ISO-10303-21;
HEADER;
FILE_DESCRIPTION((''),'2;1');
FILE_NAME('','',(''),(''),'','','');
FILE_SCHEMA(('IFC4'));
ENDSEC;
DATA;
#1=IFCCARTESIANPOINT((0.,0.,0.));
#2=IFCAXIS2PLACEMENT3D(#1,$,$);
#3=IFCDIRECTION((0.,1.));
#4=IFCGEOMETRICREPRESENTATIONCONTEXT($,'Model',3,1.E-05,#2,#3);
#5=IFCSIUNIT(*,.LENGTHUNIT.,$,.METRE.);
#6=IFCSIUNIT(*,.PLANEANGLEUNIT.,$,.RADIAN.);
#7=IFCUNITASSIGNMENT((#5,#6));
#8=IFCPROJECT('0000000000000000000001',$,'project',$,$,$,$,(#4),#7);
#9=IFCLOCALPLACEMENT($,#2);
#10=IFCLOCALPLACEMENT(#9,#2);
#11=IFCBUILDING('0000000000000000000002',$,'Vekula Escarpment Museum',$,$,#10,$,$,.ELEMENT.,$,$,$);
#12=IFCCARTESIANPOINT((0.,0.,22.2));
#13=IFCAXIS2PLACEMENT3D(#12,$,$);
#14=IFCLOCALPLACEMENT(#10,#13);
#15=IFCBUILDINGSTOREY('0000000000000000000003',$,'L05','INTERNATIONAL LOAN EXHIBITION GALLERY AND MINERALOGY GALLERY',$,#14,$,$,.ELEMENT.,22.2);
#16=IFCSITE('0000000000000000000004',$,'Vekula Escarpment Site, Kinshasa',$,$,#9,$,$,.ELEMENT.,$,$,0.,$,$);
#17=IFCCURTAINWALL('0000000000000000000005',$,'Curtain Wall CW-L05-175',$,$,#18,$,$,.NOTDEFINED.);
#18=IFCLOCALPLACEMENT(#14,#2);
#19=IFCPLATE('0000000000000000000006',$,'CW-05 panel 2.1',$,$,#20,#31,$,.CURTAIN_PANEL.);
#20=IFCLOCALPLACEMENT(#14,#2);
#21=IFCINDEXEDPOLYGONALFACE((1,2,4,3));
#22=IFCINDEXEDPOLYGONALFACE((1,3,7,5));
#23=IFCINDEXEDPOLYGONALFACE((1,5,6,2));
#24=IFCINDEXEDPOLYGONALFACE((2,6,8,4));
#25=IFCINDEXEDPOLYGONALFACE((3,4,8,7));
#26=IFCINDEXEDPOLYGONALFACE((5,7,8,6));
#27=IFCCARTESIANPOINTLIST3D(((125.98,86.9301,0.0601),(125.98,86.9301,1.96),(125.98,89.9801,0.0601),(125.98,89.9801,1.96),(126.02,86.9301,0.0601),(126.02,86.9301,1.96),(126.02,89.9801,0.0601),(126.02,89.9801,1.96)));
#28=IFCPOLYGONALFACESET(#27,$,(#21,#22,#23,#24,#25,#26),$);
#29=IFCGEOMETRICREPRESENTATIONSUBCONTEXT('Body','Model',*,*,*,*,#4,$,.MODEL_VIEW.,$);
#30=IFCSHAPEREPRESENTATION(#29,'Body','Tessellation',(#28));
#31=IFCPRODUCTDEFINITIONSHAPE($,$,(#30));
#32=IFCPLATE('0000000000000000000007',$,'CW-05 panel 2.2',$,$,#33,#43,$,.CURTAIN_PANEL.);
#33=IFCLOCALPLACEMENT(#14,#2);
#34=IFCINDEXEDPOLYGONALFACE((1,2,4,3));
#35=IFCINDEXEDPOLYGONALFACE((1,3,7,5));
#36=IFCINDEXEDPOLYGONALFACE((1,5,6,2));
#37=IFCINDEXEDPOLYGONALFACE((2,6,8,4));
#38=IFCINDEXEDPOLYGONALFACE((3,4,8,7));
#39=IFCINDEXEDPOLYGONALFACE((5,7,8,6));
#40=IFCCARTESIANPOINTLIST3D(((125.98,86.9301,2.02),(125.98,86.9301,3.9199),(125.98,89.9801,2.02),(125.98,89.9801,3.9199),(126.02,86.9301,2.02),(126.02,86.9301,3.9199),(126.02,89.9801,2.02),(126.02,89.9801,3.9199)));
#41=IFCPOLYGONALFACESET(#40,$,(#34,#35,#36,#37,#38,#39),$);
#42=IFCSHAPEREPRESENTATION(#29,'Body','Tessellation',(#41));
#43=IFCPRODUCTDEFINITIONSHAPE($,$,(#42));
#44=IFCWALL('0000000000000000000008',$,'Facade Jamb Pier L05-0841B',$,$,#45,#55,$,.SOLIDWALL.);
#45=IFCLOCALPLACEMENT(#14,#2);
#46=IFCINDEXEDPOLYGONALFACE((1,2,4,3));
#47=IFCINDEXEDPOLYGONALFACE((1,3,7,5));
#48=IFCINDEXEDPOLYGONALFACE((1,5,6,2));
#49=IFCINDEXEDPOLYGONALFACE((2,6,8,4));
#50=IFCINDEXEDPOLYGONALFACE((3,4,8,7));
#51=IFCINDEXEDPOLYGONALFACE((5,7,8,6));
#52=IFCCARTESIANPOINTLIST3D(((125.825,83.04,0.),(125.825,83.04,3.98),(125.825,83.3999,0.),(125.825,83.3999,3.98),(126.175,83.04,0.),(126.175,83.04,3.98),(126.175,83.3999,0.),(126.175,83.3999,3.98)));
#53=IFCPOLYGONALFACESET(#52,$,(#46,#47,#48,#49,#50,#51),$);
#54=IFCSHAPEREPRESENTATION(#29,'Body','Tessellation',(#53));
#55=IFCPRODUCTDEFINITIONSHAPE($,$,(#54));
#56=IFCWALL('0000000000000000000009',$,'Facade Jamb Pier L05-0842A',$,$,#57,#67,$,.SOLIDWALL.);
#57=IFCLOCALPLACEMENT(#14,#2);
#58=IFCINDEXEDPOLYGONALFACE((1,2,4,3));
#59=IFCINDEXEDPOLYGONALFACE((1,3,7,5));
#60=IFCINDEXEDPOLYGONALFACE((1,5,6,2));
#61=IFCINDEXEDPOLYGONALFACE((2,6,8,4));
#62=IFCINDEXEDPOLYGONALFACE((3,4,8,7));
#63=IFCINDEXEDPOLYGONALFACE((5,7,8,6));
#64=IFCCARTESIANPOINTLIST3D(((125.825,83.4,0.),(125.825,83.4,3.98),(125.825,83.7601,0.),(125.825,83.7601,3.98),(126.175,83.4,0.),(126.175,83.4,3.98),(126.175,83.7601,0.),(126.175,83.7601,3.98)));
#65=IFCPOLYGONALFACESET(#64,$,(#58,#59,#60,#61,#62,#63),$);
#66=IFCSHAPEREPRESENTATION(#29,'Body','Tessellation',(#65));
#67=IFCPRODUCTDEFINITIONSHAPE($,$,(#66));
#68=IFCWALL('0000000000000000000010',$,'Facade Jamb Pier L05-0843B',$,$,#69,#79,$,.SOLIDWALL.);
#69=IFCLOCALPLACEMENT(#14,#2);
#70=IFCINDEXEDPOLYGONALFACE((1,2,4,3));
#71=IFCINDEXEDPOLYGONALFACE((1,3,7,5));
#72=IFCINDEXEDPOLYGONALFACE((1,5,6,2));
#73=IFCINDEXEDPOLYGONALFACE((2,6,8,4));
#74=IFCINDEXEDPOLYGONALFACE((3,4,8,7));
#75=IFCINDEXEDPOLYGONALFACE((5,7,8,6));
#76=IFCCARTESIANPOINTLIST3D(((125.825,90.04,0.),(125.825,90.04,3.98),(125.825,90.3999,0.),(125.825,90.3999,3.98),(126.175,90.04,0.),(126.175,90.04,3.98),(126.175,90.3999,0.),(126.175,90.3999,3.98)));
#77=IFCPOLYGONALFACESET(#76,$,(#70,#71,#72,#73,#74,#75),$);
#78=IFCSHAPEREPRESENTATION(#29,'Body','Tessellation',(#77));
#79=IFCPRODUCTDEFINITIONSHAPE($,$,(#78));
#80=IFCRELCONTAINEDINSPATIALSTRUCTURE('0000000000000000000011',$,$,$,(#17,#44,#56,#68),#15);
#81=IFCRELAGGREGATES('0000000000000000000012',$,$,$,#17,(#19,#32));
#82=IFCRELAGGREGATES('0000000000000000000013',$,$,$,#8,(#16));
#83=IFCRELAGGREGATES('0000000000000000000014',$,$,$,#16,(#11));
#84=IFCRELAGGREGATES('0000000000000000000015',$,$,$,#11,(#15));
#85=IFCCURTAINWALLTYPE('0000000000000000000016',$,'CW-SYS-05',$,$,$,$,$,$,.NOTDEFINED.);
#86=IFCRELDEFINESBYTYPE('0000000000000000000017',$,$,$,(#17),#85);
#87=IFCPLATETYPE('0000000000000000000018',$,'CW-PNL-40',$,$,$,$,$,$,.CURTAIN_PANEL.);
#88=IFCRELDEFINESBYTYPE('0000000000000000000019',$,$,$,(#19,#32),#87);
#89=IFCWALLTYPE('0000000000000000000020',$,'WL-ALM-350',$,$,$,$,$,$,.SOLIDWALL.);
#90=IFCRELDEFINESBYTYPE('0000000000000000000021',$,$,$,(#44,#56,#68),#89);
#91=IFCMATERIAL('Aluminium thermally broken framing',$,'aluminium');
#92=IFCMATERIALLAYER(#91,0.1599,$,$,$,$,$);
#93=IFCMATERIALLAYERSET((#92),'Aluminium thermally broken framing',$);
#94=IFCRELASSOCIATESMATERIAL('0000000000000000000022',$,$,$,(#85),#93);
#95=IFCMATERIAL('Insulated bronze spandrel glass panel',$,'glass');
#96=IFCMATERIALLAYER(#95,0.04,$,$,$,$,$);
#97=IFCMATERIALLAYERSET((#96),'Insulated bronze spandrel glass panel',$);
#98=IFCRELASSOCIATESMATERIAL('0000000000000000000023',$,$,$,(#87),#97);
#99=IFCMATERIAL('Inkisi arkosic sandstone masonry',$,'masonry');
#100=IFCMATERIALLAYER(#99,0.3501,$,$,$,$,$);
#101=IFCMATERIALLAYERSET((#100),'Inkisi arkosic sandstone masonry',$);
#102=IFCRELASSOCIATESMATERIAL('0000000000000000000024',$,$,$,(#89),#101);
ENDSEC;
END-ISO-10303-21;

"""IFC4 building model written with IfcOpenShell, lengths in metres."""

from ifc_helpers import new_model, si_unit, direction, frame, frame_2d, origin, origin_2d, place, context, subcontext, project, spatial, rectangle, extrude, material, layer, layer_set, type_object, element, aggregate, save


model = new_model("IFC4")

# Units and contexts
model_context = context("Model", 3, precision=1e-05, world=origin(), true_north=direction((0.0, 1.0)))
body_context = subcontext(model_context, "Body", "Model", "MODEL_VIEW")
ifc_project = project(units=[si_unit("LENGTHUNIT", "METRE"), si_unit("PLANEANGLEUNIT", "RADIAN")], contexts=[model_context])

# Site, building, storey
site_placement = place(None, origin())
site = spatial("IfcSite", under=ifc_project, at=site_placement, Name="Vekula Escarpment Site, Kinshasa", CompositionType="ELEMENT", RefElevation=0.0)
building_placement = place(site_placement, origin())
building = spatial("IfcBuilding", under=site, at=building_placement, Name="Vekula Escarpment Museum", CompositionType="ELEMENT")
storey_placement = place(building_placement, frame((0.0, 0.0, 22.2)))
storey = spatial("IfcBuildingStorey", under=building, at=storey_placement, Name="L05", Description="INTERNATIONAL LOAN EXHIBITION GALLERY AND MINERALOGY GALLERY", CompositionType="ELEMENT", Elevation=22.2)

# Curtain wall
ifc_material_1 = material(Name="Aluminium thermally broken framing", Category="aluminium")
ifc_layer_1 = layer(ifc_material_1, 0.1599)
ifc_layer_set_1 = layer_set([ifc_layer_1], Name="Aluminium thermally broken framing")
curtain_wall_type_1 = type_object("IfcCurtainWallType", Name="CW-SYS-05", PredefinedType="NOTDEFINED", material=ifc_layer_set_1)
curtain_wall_1_placement = place(storey_placement, origin())
curtain_wall_1 = element("IfcCurtainWall", 1, at=curtain_wall_1_placement, inside=storey, type_object=curtain_wall_type_1, Name="Curtain Wall CW-L05-175", PredefinedType="NOTDEFINED")

# Plates
ifc_material_2 = material(Name="Insulated bronze spandrel glass panel", Category="glass")
ifc_layer_2 = layer(ifc_material_2, 0.04)
ifc_layer_set_2 = layer_set([ifc_layer_2], Name="Insulated bronze spandrel glass panel")
plate_type_1 = type_object("IfcPlateType", Name="CW-PNL-40", PredefinedType="CURTAIN_PANEL", material=ifc_layer_set_2)
plate_1_placement = place(storey_placement, frame((126.0, 88.4551, 0.0601), z_axis=(0.0, 0.0, 1.0), x_axis=(0.0, 1.0, 0.0)))
plate_1 = element("IfcPlate", 2, at=plate_1_placement, type_object=plate_type_1, Name="CW-05 panel 2.1", PredefinedType="CURTAIN_PANEL", context=body_context, shape_type="SweptSolid", body=[
    extrude(rectangle(XDim=3.05, YDim=0.04, at=origin_2d()), origin(), (0.0, 0.0, 1.0), 1.8999),
])
plate_2_placement = place(storey_placement, frame((126.0, 88.4551, 2.02), z_axis=(0.0, 0.0, 1.0), x_axis=(0.0, 1.0, 0.0)))
plate_2 = element("IfcPlate", 3, at=plate_2_placement, type_object=plate_type_1, Name="CW-05 panel 2.2", PredefinedType="CURTAIN_PANEL", context=body_context, shape_type="SweptSolid", body=[
    extrude(rectangle(XDim=3.05, YDim=0.04, at=origin_2d()), origin(), (0.0, 0.0, 1.0), 1.8999),
])
aggregate(curtain_wall_1, [plate_1, plate_2])

# Walls
ifc_material_3 = material(Name="Inkisi arkosic sandstone masonry", Category="masonry")
ifc_layer_3 = layer(ifc_material_3, 0.3501)
ifc_layer_set_3 = layer_set([ifc_layer_3], Name="Inkisi arkosic sandstone masonry")
wall_type = type_object("IfcWallType", Name="WL-ALM-350", PredefinedType="SOLIDWALL", material=ifc_layer_set_3)
wall_1_placement = place(storey_placement, frame((126.0, 83.04, 0.0), z_axis=(0.0, 0.0, 1.0), x_axis=(0.0, 1.0, 0.0)))
element("IfcWall", 4, at=wall_1_placement, inside=storey, type_object=wall_type, Name="Facade Jamb Pier L05-0841B", PredefinedType="SOLIDWALL", context=body_context, shape_type="SweptSolid", body=[
    extrude(rectangle(XDim=0.3599, YDim=0.3501, at=frame_2d((0.1799, 0.0))), origin(), (0.0, 0.0, 1.0), 3.98),
])
wall_2_placement = place(storey_placement, frame((126.0, 83.3999, 0.0), z_axis=(0.0, 0.0, 1.0), x_axis=(0.0, 1.0, 0.0)))
element("IfcWall", 5, at=wall_2_placement, inside=storey, type_object=wall_type, Name="Facade Jamb Pier L05-0842A", PredefinedType="SOLIDWALL", context=body_context, shape_type="SweptSolid", body=[
    extrude(rectangle(XDim=0.3601, YDim=0.3501, at=frame_2d((0.1802, 0.0))), origin(), (0.0, 0.0, 1.0), 3.98),
])
wall_3_placement = place(storey_placement, frame((126.0, 90.04, 0.0), z_axis=(0.0, 0.0, 1.0), x_axis=(0.0, 1.0, 0.0)))
element("IfcWall", 6, at=wall_3_placement, inside=storey, type_object=wall_type, Name="Facade Jamb Pier L05-0843B", PredefinedType="SOLIDWALL", context=body_context, shape_type="SweptSolid", body=[
    extrude(rectangle(XDim=0.3599, YDim=0.3501, at=frame_2d((0.1799, 0.0))), origin(), (0.0, 0.0, 1.0), 3.98),
])

save(model, "model.ifc")
